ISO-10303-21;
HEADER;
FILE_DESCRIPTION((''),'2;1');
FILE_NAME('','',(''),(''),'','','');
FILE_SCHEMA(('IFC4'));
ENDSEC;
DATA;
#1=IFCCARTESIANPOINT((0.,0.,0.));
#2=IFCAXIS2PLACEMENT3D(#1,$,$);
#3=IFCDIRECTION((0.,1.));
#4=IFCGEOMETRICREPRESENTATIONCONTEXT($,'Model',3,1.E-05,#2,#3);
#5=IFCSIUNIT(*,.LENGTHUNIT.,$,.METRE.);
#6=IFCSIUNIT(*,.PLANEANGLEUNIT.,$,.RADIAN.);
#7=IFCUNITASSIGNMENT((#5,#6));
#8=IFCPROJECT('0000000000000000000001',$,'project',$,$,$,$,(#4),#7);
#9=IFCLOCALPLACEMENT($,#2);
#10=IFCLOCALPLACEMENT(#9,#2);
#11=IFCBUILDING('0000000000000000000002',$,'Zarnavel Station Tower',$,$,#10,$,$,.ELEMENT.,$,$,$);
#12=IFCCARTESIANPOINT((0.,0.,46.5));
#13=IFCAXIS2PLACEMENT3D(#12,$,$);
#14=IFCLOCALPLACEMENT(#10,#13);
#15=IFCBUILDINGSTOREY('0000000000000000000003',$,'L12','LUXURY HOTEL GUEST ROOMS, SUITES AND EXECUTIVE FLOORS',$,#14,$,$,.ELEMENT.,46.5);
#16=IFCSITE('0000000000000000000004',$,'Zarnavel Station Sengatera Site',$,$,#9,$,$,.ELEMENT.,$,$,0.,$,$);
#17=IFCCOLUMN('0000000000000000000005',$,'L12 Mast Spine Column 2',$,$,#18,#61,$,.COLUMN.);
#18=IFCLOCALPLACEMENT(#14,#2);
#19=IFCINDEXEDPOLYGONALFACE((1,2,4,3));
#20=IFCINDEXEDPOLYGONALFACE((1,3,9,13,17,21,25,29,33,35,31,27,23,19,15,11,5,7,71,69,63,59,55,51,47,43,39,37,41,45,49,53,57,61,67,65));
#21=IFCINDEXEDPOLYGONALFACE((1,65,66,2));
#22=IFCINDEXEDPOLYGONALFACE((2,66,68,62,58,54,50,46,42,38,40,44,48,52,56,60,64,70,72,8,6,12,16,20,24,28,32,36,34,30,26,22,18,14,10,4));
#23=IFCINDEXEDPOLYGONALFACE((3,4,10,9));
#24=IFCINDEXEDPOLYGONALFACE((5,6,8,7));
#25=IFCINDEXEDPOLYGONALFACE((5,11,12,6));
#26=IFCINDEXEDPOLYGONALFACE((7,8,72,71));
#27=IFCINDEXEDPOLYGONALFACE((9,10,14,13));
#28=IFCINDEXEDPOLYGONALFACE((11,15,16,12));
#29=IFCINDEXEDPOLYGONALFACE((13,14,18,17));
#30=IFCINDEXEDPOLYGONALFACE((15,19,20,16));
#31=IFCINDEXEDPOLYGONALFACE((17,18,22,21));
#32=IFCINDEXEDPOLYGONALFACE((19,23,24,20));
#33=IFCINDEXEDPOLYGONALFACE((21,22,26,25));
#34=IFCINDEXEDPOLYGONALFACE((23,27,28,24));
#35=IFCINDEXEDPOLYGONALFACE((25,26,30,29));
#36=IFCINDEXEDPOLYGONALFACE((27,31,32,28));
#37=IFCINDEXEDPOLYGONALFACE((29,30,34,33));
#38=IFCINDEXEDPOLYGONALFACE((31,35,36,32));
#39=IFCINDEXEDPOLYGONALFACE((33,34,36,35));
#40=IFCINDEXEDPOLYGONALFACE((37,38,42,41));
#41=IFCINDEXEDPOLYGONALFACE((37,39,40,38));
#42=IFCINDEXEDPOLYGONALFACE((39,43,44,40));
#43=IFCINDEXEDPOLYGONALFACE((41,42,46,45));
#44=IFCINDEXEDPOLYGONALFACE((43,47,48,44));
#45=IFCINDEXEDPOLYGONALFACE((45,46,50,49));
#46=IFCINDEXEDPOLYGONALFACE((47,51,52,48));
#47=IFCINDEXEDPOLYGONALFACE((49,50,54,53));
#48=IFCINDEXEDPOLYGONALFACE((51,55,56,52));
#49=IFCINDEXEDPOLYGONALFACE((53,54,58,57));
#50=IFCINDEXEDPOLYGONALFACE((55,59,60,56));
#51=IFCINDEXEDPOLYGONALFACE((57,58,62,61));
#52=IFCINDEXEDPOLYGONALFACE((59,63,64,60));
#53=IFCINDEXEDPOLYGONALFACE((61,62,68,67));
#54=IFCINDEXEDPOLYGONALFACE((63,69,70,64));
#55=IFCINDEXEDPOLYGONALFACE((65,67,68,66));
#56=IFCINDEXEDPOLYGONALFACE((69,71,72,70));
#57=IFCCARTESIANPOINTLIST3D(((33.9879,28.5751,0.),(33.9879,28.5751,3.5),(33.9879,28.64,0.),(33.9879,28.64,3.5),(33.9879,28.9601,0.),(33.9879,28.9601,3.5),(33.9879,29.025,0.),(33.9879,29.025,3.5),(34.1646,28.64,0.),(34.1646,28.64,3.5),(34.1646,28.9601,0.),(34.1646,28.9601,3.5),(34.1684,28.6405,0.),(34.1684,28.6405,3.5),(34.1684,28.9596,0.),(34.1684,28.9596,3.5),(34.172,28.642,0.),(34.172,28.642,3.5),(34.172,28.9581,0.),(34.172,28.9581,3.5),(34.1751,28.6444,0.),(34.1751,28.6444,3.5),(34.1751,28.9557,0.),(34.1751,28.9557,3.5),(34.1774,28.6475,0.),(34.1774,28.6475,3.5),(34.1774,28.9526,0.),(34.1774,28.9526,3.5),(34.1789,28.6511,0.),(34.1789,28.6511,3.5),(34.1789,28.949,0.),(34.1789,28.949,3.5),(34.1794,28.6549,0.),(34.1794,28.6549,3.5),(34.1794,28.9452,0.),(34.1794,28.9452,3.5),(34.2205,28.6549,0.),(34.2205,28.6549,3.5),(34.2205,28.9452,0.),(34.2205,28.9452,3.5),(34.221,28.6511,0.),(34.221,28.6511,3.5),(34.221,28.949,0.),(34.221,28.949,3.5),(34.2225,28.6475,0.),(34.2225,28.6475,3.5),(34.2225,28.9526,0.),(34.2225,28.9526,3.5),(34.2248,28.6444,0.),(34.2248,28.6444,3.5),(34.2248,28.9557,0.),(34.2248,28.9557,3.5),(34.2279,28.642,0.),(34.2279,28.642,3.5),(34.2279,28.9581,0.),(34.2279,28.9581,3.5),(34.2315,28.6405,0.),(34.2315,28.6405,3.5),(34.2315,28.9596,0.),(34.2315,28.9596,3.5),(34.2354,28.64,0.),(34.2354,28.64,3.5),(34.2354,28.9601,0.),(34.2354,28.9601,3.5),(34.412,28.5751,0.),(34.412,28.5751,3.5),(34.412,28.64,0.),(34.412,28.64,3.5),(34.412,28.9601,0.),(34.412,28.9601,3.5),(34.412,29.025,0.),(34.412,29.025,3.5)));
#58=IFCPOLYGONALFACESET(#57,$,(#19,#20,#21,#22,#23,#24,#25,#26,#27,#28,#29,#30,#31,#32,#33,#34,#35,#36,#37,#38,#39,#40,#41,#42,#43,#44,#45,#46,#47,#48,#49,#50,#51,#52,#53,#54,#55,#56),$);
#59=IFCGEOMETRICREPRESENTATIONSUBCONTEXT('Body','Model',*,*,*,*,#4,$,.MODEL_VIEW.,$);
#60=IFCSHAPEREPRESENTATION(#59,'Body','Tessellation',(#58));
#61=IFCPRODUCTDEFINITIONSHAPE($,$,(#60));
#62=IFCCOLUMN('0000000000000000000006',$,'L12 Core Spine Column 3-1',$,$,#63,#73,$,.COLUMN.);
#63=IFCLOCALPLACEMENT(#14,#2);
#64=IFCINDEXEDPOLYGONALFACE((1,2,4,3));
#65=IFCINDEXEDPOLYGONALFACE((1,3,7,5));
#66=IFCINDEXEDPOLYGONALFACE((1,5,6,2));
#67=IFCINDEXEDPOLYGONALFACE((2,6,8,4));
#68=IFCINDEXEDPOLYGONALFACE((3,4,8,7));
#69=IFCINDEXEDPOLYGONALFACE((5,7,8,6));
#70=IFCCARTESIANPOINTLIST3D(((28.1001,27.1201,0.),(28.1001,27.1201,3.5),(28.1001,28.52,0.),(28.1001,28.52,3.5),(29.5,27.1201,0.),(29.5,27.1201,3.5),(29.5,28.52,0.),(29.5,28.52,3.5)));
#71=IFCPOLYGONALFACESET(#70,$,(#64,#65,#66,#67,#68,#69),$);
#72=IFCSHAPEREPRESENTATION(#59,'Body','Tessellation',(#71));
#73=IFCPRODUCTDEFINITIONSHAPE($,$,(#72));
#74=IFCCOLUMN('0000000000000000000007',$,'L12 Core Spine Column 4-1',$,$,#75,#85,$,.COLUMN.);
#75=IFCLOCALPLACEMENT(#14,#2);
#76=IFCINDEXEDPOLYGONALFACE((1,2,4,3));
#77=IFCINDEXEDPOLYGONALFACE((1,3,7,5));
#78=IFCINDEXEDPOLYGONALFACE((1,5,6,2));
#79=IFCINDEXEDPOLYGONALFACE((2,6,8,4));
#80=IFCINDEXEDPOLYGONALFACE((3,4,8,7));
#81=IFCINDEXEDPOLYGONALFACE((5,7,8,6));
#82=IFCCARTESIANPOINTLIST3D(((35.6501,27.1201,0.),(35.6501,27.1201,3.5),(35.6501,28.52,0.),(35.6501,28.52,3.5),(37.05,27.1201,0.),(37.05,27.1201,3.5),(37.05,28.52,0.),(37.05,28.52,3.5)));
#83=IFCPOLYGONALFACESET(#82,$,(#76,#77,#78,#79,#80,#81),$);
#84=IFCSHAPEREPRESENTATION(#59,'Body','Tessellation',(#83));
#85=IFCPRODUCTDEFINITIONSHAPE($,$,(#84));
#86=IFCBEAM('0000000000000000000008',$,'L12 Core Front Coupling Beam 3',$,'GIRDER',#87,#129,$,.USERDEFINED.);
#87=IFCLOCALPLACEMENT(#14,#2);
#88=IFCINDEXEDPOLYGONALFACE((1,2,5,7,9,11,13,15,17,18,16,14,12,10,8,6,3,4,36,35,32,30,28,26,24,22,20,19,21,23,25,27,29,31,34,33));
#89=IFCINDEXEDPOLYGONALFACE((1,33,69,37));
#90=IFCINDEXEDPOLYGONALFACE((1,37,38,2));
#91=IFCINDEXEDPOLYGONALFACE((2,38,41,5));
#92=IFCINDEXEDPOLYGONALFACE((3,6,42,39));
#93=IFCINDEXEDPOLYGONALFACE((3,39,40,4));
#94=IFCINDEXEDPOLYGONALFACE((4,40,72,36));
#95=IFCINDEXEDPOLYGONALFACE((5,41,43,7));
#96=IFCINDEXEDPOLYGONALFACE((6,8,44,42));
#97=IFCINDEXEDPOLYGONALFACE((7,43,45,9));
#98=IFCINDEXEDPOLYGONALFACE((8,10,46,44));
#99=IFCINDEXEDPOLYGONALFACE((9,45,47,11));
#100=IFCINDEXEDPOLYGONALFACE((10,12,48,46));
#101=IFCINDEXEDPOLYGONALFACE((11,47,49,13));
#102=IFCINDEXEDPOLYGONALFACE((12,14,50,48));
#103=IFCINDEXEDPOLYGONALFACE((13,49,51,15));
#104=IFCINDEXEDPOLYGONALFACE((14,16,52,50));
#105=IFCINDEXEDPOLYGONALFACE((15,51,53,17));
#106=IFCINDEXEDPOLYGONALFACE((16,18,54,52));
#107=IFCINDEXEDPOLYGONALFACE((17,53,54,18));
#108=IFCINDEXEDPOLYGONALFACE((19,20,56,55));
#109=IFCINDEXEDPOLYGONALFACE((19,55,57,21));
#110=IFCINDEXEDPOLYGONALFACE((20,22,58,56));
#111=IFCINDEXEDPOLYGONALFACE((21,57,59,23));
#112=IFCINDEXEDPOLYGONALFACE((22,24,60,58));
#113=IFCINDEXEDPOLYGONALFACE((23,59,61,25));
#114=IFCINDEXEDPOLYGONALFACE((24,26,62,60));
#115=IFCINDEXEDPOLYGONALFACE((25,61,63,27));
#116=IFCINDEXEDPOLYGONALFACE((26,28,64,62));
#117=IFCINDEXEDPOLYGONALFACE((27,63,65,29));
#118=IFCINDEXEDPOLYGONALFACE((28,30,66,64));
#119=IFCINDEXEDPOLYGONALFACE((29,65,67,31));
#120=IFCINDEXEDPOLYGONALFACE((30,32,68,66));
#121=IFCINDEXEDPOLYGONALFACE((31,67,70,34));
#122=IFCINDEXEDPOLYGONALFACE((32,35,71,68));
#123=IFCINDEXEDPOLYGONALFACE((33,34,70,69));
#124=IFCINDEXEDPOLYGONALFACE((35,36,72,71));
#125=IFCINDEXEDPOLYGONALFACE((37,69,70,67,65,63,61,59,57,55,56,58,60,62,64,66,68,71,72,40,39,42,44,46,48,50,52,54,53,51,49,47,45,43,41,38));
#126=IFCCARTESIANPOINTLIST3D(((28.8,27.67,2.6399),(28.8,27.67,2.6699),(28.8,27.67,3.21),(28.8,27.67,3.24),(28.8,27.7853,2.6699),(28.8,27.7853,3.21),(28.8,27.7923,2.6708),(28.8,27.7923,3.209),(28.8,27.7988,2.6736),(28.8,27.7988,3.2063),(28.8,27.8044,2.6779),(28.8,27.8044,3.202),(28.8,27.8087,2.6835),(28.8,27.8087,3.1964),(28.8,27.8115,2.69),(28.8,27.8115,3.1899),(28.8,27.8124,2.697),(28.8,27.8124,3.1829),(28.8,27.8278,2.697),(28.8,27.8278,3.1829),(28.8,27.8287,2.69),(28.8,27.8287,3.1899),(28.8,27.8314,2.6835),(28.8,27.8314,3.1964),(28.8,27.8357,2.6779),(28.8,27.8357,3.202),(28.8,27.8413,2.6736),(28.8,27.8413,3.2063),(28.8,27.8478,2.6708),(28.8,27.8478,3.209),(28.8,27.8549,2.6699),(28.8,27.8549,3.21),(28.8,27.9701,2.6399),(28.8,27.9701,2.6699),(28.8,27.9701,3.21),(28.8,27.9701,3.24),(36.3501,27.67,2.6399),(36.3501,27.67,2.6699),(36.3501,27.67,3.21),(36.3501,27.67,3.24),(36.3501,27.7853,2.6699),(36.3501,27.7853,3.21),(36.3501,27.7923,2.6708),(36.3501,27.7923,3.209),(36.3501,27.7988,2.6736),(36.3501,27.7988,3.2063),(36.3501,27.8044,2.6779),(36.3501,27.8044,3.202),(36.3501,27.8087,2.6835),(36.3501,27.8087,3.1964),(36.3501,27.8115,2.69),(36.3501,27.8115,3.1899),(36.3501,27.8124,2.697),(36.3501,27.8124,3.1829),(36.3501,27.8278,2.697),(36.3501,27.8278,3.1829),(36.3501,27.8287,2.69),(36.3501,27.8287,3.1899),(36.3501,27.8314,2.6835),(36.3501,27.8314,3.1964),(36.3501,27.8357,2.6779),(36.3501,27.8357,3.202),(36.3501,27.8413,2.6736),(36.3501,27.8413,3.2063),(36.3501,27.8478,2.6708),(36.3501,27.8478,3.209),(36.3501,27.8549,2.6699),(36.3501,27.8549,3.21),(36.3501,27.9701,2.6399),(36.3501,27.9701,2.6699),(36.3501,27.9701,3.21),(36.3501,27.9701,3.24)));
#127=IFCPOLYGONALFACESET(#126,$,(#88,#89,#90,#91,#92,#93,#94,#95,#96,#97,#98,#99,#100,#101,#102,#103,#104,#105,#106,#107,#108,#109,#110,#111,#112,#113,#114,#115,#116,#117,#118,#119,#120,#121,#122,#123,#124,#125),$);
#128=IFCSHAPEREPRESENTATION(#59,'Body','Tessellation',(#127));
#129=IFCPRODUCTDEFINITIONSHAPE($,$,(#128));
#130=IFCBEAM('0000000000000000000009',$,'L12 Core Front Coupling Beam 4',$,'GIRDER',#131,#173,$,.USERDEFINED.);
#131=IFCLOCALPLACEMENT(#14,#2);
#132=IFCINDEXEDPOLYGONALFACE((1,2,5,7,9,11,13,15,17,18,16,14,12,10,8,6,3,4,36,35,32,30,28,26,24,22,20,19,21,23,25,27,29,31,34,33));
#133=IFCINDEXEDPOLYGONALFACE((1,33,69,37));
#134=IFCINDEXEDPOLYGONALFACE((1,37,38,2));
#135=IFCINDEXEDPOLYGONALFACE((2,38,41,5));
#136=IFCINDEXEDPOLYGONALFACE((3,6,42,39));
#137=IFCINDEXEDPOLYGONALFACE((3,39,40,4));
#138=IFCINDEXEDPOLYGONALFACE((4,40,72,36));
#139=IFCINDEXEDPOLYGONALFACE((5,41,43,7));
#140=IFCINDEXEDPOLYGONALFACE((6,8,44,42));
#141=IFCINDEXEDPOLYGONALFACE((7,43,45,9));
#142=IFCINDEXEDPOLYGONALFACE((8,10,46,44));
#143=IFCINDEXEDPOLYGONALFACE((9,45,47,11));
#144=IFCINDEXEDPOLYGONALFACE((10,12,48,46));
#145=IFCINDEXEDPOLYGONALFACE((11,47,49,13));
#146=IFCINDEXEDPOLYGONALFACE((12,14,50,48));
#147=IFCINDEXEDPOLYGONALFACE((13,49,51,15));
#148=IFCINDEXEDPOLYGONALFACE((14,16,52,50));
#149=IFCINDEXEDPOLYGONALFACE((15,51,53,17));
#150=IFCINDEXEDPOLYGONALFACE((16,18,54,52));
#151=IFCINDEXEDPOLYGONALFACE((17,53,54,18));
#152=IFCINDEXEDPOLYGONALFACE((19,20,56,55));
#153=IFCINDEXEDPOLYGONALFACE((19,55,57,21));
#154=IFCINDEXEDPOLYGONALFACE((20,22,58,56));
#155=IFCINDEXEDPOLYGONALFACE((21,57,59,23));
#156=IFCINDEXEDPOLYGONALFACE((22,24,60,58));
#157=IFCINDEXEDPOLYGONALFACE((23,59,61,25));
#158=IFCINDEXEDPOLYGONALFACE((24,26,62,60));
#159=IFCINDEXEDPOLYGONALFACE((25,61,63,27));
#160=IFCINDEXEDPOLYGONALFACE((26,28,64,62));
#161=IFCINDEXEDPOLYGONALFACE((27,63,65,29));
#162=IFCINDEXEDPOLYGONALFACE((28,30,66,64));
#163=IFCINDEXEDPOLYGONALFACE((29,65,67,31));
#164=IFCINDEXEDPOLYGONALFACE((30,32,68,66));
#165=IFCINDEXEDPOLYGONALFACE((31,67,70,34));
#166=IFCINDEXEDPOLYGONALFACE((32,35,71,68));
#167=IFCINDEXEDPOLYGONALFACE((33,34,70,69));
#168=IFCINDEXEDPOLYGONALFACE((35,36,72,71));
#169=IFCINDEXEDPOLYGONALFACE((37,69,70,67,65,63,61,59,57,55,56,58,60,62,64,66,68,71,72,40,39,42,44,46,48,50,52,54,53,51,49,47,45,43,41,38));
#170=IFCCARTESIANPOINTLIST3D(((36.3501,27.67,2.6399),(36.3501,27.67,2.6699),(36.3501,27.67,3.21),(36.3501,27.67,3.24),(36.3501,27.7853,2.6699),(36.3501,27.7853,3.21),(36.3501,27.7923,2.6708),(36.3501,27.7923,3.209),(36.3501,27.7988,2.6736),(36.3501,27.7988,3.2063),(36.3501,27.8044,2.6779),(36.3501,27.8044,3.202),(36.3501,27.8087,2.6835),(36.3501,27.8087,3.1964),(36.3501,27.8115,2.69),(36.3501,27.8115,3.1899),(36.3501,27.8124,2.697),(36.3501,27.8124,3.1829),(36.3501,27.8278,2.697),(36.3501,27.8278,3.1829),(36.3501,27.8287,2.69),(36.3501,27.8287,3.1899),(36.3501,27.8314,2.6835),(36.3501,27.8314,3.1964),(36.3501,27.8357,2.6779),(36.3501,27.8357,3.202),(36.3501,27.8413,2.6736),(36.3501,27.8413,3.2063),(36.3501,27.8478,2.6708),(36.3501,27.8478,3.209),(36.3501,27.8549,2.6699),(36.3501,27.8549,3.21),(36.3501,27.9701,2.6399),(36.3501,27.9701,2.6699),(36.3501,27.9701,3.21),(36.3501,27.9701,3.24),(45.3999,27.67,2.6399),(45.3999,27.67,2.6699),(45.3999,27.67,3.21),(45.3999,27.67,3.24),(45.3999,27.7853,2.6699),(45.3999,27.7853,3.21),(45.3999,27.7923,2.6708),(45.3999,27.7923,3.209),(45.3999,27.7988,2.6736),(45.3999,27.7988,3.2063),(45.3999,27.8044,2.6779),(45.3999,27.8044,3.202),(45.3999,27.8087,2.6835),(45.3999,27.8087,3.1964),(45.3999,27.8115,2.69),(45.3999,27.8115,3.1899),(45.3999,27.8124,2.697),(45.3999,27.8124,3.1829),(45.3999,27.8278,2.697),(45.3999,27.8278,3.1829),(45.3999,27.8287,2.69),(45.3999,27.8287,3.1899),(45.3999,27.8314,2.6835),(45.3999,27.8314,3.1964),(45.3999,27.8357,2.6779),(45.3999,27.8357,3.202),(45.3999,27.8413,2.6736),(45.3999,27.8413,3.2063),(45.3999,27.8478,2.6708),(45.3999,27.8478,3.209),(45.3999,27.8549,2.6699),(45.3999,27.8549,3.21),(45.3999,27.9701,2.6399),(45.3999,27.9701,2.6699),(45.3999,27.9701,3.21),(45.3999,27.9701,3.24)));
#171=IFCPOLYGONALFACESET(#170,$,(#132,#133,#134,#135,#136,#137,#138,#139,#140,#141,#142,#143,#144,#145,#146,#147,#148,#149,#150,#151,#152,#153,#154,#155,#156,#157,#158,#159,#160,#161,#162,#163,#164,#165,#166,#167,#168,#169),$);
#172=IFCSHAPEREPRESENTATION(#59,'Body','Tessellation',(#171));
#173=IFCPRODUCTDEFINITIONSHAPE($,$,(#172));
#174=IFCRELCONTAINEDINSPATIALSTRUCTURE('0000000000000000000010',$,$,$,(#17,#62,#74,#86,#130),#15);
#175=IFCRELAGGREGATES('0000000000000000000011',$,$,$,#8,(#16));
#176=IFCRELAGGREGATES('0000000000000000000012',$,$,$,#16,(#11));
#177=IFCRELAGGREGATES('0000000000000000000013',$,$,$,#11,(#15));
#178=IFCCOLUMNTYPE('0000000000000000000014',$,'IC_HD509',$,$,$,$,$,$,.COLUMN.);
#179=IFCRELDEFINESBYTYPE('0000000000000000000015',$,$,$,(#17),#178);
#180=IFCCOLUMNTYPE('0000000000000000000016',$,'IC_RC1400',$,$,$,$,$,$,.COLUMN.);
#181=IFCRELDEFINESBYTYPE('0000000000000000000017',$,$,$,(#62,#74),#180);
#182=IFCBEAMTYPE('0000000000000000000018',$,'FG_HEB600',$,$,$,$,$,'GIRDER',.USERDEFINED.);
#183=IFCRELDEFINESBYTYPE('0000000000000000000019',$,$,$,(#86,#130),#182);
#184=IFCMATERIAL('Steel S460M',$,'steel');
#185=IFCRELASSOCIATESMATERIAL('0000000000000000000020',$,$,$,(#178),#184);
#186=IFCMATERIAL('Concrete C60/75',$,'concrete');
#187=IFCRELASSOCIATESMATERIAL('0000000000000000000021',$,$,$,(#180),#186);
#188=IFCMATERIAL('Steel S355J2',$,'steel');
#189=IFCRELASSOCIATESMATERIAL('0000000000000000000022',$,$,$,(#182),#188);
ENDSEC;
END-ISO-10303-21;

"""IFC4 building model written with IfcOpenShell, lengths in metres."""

from ifc_helpers import new_model, si_unit, direction, frame, origin, origin_2d, place, context, subcontext, project, spatial, rectangle, i_section, extrude, material, material_profile, profile_set, type_object, element, save


model = new_model("IFC4")

# Units and contexts
model_context = context("Model", 3, precision=1e-05, world=origin(), true_north=direction((0.0, 1.0)))
body_context = subcontext(model_context, "Body", "Model", "MODEL_VIEW")
ifc_project = project(units=[si_unit("LENGTHUNIT", "METRE"), si_unit("PLANEANGLEUNIT", "RADIAN")], contexts=[model_context])

# Site, building, storey
site_placement = place(None, origin())
site = spatial("IfcSite", under=ifc_project, at=site_placement, Name="Zarnavel Station Sengatera Site", CompositionType="ELEMENT", RefElevation=0.0)
building_placement = place(site_placement, origin())
building = spatial("IfcBuilding", under=site, at=building_placement, Name="Zarnavel Station Tower", CompositionType="ELEMENT")
storey_placement = place(building_placement, frame((0.0, 0.0, 46.5)))
storey = spatial("IfcBuildingStorey", under=building, at=storey_placement, Name="L12", Description="LUXURY HOTEL GUEST ROOMS, SUITES AND EXECUTIVE FLOORS", CompositionType="ELEMENT", Elevation=46.5)

# Columns
ifc_material_1 = material(Name="Steel S460M", Category="steel")
ifc_material_profile_1 = material_profile(ifc_material_1, i_section(OverallWidth=0.4241, OverallDepth=0.45, WebThickness=0.041, FlangeThickness=0.0649, FilletRadius=0.0149, at=origin_2d()), Name="HD400x509")
ifc_profile_set_1 = profile_set([ifc_material_profile_1], Name="Steel S460M")
column_type_1 = type_object("IfcColumnType", Name="IC_HD509", PredefinedType="COLUMN", material=ifc_profile_set_1)
column_placement = place(storey_placement, frame((34.2, 28.8, 0.0), z_axis=(0.0, 0.0, 1.0), x_axis=(1.0, 0.0, 0.0)))
element("IfcColumn", 1, at=column_placement, inside=storey, type_object=column_type_1, Name="L12 Mast Spine Column 2", PredefinedType="COLUMN", context=body_context, shape_type="SweptSolid", body=[
    extrude(i_section(OverallWidth=0.4241, OverallDepth=0.45, WebThickness=0.041, FlangeThickness=0.0649, FilletRadius=0.0149, at=origin_2d()), origin(), (0.0, 0.0, 1.0), 3.5),
])
ifc_material_2 = material(Name="Concrete C60/75", Category="concrete")
ifc_material_profile_2 = material_profile(ifc_material_2, rectangle(XDim=1.3999, YDim=1.3999, at=origin_2d()), Name="RC1400x1400")
ifc_profile_set_2 = profile_set([ifc_material_profile_2], Name="Concrete C60/75")
column_type_2 = type_object("IfcColumnType", Name="IC_RC1400", PredefinedType="COLUMN", material=ifc_profile_set_2)
for number, where, z_axis, x_axis, name in (
    (2, (28.8, 27.8201, 0.0), (0.0, 0.0, 1.0), (1.0, 0.0, 0.0), "L12 Core Spine Column 3-1"),
    (3, (36.3501, 27.8201, 0.0), (0.0, 0.0, 1.0), (1.0, 0.0, 0.0), "L12 Core Spine Column 4-1"),
):
    element("IfcColumn", number, at=place(storey_placement, frame(where, z_axis=z_axis, x_axis=x_axis)), inside=storey, type_object=column_type_2, Name=name, PredefinedType="COLUMN", context=body_context, shape_type="SweptSolid", body=[
        extrude(rectangle(XDim=1.3999, YDim=1.3999, at=origin_2d()), origin(), (0.0, 0.0, 1.0), 3.5),
    ])

# Beams
ifc_material_3 = material(Name="Steel S355J2", Category="steel")
ifc_material_profile_3 = material_profile(ifc_material_3, i_section(OverallWidth=0.3, OverallDepth=0.6001, WebThickness=0.0154, FlangeThickness=0.03, FilletRadius=0.0271, at=origin_2d()), Name="HEB600")
ifc_profile_set_3 = profile_set([ifc_material_profile_3], Name="Steel S355J2")
beam_type_1 = type_object("IfcBeamType", Name="FG_HEB600", ElementType="GIRDER", PredefinedType="USERDEFINED", material=ifc_profile_set_3)
beam_1_placement = place(storey_placement, frame((28.8, 27.8201, 2.9399), z_axis=(1.0, 0.0, 0.0), x_axis=(0.0, 1.0, 0.0)))
element("IfcBeam", 4, at=beam_1_placement, inside=storey, type_object=beam_type_1, Name="L12 Core Front Coupling Beam 3", ObjectType="GIRDER", PredefinedType="USERDEFINED", context=body_context, shape_type="SweptSolid", body=[
    extrude(i_section(OverallWidth=0.3, OverallDepth=0.6001, WebThickness=0.0154, FlangeThickness=0.03, FilletRadius=0.0271, at=origin_2d()), origin(), (0.0, 0.0, 1.0), 7.55),
])
beam_2_placement = place(storey_placement, frame((36.3501, 27.8201, 2.9399), z_axis=(1.0, 0.0, 0.0), x_axis=(0.0, 1.0, 0.0)))
element("IfcBeam", 5, at=beam_2_placement, inside=storey, type_object=beam_type_1, Name="L12 Core Front Coupling Beam 4", ObjectType="GIRDER", PredefinedType="USERDEFINED", context=body_context, shape_type="SweptSolid", body=[
    extrude(i_section(OverallWidth=0.3, OverallDepth=0.6001, WebThickness=0.0154, FlangeThickness=0.03, FilletRadius=0.0271, at=origin_2d()), origin(), (0.0, 0.0, 1.0), 9.0498),
])

save(model, "model.ifc")
